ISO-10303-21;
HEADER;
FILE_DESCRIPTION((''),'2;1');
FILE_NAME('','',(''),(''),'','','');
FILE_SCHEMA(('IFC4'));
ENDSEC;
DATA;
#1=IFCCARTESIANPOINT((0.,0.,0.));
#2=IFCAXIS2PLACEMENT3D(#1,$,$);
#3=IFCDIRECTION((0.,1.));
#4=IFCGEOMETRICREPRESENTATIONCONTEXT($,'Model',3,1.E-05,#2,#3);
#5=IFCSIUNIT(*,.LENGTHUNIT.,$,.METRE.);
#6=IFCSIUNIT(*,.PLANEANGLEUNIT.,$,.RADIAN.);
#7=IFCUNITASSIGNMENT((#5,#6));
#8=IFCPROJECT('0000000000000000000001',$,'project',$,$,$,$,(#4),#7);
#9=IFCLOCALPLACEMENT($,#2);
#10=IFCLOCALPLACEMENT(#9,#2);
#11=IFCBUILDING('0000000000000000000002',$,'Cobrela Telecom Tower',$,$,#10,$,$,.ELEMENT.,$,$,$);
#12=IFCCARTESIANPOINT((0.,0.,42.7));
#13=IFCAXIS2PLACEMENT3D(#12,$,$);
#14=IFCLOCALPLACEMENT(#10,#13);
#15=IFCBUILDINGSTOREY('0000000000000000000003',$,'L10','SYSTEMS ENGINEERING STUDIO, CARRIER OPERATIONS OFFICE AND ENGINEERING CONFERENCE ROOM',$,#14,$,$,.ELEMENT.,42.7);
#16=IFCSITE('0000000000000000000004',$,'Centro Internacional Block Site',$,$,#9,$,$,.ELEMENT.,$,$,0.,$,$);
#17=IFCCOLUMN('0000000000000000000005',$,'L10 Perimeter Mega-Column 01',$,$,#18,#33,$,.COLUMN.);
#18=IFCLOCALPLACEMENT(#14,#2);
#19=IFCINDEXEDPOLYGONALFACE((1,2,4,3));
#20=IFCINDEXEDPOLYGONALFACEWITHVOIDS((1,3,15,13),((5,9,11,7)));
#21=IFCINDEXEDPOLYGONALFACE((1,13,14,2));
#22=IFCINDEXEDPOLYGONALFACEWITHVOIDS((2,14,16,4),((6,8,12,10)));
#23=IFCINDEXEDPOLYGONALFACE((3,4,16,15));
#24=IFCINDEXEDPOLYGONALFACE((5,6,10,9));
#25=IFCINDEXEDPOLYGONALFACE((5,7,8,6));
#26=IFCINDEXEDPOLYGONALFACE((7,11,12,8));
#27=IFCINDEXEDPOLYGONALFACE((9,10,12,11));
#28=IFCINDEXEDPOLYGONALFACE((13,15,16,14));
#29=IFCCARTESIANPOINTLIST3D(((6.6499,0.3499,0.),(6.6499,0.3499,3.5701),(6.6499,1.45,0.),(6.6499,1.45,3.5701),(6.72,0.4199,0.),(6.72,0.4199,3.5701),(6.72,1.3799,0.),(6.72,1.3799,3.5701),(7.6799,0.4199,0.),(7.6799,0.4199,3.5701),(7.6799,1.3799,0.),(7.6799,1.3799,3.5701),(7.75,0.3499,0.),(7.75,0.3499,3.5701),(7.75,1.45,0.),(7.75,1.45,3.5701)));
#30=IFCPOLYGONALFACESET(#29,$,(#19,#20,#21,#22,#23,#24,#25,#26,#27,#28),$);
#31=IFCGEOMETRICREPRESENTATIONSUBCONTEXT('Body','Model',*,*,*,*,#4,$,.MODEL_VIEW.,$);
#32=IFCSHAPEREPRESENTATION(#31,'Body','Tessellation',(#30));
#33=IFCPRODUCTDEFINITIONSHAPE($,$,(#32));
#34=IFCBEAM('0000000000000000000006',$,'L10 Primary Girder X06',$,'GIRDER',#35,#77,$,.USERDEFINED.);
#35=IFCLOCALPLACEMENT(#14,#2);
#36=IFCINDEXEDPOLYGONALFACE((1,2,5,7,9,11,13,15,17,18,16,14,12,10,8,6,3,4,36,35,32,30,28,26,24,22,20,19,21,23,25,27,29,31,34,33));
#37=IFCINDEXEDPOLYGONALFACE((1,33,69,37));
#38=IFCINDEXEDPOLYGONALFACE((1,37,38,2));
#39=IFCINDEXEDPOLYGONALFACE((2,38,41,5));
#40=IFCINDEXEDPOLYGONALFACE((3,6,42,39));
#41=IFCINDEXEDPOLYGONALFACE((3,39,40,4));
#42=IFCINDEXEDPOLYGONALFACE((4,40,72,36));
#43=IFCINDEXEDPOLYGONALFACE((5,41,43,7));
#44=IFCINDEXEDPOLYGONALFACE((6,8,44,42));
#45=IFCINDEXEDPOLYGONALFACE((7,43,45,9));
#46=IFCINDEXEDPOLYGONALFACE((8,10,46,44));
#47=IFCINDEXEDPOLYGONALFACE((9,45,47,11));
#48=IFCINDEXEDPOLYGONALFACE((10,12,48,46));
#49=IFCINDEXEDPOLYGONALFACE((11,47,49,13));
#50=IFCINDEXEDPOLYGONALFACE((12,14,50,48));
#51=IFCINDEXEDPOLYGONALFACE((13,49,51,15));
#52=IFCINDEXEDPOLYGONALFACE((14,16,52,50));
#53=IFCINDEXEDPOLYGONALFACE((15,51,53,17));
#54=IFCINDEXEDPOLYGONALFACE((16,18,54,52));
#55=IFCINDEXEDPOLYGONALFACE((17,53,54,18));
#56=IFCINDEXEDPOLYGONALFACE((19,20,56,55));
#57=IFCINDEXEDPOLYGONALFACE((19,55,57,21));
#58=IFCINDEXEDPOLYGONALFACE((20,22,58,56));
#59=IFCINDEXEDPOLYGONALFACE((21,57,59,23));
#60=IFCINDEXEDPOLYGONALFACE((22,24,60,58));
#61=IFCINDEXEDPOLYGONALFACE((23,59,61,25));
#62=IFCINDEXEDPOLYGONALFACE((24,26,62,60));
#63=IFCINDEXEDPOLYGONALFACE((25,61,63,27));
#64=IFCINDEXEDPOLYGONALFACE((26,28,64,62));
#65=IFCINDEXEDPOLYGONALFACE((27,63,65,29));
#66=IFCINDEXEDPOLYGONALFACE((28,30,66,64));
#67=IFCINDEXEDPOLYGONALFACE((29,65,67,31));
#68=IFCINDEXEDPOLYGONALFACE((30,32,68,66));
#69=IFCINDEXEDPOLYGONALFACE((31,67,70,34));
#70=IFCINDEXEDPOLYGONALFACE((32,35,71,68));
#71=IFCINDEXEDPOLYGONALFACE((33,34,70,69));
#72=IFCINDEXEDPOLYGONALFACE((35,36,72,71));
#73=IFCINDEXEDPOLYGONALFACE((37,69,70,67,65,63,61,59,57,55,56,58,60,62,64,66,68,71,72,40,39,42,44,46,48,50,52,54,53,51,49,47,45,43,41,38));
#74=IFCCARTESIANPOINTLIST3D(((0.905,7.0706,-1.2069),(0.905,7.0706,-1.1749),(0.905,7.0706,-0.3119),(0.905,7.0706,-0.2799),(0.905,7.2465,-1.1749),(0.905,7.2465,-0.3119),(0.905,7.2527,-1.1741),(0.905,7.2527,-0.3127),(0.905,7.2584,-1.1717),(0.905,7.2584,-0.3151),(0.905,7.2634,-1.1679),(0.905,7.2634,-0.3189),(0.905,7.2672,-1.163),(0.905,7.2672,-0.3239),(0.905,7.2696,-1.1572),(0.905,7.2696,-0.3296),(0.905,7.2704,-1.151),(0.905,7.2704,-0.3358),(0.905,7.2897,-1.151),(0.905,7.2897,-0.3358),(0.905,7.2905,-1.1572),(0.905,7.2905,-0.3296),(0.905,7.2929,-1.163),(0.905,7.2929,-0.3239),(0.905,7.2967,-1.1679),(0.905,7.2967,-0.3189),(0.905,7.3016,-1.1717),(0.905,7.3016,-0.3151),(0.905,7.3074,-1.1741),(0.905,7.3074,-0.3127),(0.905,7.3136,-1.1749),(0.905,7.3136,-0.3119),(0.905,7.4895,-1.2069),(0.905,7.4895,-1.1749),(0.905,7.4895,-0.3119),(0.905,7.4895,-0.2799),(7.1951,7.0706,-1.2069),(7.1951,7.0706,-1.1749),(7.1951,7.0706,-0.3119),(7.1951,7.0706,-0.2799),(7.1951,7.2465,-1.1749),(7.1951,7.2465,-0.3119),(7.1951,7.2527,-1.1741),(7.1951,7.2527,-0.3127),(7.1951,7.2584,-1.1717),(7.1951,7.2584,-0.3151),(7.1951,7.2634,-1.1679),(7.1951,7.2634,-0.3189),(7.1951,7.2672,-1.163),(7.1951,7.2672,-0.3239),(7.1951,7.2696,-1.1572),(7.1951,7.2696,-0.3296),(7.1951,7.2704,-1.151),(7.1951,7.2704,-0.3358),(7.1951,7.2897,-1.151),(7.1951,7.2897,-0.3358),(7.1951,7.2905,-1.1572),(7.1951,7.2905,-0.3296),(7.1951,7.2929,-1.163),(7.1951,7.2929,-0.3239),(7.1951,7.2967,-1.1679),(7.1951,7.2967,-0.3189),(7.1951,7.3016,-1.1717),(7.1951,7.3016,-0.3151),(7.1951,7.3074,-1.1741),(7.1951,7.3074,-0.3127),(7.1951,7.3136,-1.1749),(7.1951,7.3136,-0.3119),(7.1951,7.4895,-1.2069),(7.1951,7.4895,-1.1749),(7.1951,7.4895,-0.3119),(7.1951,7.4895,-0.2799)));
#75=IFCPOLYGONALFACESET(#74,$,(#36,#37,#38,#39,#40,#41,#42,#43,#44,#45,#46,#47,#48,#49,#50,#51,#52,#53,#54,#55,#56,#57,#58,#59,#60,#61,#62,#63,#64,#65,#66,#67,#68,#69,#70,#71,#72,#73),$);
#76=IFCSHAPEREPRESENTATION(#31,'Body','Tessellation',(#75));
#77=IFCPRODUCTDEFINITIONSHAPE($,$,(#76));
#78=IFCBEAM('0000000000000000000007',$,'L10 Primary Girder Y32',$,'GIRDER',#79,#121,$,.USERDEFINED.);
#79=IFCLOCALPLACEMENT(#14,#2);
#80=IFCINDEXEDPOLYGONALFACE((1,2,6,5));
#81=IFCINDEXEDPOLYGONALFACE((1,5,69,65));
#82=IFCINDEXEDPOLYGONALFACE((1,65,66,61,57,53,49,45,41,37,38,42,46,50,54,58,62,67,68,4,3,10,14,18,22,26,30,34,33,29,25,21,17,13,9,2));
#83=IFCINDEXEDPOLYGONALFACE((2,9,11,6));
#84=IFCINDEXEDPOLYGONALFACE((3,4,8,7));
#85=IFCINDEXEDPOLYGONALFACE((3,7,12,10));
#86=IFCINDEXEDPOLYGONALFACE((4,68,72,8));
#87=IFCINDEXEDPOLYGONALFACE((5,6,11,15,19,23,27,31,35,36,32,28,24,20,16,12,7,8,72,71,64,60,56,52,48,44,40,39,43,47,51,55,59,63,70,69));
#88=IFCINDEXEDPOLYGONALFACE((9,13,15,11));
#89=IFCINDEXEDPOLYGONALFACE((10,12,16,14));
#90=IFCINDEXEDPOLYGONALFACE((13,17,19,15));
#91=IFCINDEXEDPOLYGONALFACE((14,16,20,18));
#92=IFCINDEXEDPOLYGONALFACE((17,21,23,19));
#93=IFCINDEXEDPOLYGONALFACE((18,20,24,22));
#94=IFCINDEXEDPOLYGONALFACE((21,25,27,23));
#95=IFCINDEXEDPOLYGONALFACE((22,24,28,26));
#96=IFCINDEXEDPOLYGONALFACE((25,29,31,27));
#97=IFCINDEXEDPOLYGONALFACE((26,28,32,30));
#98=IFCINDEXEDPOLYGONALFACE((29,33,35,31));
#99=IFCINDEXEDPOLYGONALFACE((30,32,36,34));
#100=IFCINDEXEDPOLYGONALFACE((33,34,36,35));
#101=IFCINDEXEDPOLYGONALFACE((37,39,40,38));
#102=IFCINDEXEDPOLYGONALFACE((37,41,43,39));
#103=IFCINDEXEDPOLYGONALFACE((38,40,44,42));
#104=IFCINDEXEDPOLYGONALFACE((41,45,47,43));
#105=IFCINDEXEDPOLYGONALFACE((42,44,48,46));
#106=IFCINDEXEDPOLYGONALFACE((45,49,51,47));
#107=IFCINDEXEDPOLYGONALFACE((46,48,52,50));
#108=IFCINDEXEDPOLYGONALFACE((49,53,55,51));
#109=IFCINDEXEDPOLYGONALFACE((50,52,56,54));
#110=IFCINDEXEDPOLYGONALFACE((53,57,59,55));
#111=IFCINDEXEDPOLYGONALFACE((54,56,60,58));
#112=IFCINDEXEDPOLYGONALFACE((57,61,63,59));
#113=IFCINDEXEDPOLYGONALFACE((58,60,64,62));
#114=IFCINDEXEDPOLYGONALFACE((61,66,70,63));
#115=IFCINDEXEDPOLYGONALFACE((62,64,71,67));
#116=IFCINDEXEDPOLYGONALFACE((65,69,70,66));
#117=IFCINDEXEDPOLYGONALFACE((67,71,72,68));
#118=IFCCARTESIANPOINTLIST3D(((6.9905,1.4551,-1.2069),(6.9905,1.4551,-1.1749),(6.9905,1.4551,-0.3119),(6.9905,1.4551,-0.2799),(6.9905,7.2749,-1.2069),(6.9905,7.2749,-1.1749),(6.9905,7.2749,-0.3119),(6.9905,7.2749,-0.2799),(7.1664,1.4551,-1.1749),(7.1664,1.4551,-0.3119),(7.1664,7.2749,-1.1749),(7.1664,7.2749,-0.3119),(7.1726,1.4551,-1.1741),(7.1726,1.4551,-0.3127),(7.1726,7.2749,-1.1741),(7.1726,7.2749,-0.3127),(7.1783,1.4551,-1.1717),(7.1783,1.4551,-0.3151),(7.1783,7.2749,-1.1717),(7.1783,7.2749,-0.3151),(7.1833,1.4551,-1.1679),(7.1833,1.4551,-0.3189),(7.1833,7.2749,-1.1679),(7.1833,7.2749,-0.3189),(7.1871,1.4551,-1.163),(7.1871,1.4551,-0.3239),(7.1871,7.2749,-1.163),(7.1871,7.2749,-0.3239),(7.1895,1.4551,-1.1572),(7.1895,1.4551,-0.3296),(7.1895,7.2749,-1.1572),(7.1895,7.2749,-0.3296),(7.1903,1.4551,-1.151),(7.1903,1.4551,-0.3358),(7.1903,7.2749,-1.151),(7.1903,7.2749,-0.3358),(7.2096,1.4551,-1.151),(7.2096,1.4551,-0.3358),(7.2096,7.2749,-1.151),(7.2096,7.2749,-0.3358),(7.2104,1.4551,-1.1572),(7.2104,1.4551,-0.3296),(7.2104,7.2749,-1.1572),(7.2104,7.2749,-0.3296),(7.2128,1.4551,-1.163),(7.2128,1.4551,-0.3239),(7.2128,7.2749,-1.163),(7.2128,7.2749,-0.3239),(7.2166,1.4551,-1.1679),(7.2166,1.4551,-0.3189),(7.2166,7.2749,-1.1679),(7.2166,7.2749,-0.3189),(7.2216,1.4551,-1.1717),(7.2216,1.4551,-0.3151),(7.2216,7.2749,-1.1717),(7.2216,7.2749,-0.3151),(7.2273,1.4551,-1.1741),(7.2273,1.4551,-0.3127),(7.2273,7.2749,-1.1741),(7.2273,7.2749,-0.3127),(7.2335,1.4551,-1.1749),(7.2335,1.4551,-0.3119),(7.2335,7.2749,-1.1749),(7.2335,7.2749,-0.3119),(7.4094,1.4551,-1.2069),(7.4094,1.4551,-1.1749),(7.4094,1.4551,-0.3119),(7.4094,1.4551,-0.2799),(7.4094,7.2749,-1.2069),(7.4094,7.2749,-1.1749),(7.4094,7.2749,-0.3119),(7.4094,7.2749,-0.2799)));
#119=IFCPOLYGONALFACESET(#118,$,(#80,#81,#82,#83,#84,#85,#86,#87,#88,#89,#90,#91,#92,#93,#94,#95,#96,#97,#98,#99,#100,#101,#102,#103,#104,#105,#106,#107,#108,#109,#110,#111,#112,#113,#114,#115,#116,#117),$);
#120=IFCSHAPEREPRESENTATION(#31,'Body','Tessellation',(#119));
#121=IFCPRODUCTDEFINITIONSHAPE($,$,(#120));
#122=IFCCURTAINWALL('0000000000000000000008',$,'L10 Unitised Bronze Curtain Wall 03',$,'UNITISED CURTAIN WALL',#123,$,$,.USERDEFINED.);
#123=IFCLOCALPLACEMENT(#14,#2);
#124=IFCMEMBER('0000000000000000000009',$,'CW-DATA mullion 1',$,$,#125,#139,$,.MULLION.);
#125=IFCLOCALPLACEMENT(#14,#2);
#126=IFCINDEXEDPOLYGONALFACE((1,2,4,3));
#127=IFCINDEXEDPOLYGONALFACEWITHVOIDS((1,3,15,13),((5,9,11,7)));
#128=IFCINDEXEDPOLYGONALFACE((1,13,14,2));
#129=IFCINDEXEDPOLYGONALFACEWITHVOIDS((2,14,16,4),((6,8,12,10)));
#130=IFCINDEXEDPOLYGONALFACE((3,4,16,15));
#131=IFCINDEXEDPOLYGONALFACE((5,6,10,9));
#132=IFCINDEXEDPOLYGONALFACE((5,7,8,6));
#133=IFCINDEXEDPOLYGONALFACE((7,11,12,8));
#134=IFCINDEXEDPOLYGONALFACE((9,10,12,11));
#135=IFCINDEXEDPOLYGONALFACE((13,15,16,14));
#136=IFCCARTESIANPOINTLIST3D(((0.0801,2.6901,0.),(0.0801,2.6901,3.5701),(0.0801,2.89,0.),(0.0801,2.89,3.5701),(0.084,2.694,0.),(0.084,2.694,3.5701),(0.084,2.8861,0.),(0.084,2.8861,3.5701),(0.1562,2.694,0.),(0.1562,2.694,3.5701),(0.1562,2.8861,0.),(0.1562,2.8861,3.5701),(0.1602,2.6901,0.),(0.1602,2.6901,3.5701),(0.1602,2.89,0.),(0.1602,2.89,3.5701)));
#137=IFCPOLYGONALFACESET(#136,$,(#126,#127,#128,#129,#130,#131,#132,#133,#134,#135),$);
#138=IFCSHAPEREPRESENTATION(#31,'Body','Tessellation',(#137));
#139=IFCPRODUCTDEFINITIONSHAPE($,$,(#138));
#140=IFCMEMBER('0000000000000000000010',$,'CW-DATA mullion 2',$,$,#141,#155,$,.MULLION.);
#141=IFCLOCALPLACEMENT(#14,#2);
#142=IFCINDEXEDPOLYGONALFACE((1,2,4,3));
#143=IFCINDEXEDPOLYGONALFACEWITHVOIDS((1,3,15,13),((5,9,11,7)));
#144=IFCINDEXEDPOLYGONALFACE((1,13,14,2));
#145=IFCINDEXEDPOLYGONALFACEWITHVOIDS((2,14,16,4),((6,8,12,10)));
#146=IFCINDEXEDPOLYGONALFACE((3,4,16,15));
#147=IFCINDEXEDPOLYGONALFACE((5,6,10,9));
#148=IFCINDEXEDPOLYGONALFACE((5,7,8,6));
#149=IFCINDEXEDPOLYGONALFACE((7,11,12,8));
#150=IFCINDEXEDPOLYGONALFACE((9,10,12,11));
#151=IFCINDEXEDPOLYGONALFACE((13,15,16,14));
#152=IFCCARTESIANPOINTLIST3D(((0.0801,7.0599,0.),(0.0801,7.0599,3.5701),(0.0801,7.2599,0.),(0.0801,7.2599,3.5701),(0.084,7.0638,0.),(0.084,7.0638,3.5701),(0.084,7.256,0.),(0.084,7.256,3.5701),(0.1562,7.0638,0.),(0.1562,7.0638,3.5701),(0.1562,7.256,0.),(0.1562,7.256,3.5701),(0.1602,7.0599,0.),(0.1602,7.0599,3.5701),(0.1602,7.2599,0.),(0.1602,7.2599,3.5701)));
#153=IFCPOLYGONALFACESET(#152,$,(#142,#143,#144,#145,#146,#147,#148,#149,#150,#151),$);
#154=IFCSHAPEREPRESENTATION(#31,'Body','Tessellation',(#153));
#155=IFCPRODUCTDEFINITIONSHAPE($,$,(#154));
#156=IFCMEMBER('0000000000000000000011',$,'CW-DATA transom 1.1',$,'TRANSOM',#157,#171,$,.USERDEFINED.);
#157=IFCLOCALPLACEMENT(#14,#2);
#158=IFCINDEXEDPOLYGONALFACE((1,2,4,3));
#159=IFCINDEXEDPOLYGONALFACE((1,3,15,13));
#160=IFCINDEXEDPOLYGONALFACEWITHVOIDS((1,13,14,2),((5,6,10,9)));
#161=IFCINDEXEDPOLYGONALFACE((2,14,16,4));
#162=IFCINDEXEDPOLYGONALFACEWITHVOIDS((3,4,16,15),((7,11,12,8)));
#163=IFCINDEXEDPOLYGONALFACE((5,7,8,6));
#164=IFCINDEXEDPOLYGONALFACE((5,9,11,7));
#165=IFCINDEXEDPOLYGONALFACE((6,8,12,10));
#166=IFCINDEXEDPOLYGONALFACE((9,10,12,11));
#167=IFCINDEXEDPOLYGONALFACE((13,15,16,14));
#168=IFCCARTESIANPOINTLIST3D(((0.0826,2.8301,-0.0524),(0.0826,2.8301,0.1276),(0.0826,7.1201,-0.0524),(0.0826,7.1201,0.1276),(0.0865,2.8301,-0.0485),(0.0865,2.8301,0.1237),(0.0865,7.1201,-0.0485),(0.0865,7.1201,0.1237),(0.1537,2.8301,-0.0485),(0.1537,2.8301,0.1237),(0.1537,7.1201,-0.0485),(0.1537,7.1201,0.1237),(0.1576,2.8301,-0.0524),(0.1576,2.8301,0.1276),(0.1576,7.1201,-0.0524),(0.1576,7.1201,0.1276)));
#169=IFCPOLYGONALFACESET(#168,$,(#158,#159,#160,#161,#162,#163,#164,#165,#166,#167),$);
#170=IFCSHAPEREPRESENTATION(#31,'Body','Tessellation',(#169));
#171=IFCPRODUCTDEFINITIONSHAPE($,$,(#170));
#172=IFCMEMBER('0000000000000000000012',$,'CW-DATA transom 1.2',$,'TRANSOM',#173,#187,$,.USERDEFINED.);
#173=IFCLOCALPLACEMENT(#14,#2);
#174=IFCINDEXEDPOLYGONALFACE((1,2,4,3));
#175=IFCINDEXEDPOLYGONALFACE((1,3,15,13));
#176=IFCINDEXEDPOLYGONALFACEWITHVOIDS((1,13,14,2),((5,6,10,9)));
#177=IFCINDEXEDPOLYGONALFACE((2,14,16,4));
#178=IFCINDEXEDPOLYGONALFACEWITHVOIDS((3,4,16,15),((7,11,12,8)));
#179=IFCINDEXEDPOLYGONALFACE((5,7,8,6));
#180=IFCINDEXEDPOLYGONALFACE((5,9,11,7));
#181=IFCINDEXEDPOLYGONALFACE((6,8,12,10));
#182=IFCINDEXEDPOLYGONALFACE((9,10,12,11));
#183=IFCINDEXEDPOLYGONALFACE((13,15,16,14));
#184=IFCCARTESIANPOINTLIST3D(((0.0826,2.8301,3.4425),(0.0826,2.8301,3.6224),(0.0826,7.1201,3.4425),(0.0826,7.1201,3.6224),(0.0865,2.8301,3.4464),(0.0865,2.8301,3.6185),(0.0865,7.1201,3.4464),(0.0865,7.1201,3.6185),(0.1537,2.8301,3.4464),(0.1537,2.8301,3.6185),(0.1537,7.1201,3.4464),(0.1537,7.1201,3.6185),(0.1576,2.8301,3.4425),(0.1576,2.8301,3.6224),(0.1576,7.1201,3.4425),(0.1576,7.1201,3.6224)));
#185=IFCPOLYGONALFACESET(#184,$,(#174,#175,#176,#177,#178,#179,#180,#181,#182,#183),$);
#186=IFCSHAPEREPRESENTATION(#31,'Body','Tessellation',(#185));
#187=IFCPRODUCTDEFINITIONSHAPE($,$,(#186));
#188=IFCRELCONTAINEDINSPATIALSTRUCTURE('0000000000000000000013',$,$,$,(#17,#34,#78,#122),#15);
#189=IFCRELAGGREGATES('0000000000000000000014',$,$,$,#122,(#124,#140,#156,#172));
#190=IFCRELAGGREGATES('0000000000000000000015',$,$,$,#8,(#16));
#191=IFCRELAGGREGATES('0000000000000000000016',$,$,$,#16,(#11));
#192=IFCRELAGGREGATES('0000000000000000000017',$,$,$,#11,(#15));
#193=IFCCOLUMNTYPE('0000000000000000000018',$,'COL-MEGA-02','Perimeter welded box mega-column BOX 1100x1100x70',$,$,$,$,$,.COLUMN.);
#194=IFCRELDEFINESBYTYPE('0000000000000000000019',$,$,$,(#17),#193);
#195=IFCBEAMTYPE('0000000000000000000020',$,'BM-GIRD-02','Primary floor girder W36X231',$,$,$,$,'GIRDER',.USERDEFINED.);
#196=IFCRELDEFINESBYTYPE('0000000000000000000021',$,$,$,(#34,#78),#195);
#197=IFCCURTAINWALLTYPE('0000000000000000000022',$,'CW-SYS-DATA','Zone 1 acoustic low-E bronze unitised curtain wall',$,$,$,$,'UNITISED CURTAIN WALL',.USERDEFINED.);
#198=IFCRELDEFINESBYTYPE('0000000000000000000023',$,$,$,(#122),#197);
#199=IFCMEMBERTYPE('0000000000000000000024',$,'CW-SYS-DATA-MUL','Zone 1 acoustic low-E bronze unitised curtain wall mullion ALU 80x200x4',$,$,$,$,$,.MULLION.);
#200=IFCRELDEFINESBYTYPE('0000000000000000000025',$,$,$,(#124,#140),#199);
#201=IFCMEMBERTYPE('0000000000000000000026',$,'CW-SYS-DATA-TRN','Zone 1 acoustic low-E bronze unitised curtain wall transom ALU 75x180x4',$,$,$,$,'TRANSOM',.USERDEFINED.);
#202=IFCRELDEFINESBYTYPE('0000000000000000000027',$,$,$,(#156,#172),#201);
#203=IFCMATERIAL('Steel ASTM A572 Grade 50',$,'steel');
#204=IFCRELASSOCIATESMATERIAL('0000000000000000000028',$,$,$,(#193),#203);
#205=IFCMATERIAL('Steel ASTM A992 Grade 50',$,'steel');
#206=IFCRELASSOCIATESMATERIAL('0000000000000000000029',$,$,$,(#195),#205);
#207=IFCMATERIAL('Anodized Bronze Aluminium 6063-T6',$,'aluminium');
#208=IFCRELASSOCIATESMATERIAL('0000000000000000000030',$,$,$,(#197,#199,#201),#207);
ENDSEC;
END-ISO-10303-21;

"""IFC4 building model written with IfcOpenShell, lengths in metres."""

from ifc_helpers import new_model, si_unit, direction, frame, origin, origin_2d, place, context, subcontext, project, spatial, hollow_rectangle, i_section, extrude, material, material_profile, profile_set, type_object, element, aggregate, save


model = new_model("IFC4")

# Units and contexts
model_context = context("Model", 3, precision=1e-05, world=origin(), true_north=direction((0.0, 1.0)))
body_context = subcontext(model_context, "Body", "Model", "MODEL_VIEW")
ifc_project = project(units=[si_unit("LENGTHUNIT", "METRE"), si_unit("PLANEANGLEUNIT", "RADIAN")], contexts=[model_context])

# Site, building, storey
site_placement = place(None, origin())
site = spatial("IfcSite", under=ifc_project, at=site_placement, Name="Centro Internacional Block Site", CompositionType="ELEMENT", RefElevation=0.0)
building_placement = place(site_placement, origin())
building = spatial("IfcBuilding", under=site, at=building_placement, Name="Cobrela Telecom Tower", CompositionType="ELEMENT")
storey_placement = place(building_placement, frame((0.0, 0.0, 42.7)))
storey = spatial("IfcBuildingStorey", under=building, at=storey_placement, Name="L10", Description="SYSTEMS ENGINEERING STUDIO, CARRIER OPERATIONS OFFICE AND ENGINEERING CONFERENCE ROOM", CompositionType="ELEMENT", Elevation=42.7)

# Column
ifc_material_1 = material(Name="Steel ASTM A572 Grade 50", Category="steel")
ifc_material_profile_1 = material_profile(ifc_material_1, hollow_rectangle(XDim=1.1001, YDim=1.1001, WallThickness=0.0701, at=origin_2d()), Name="BOX 1100x1100x70")
ifc_profile_set_1 = profile_set([ifc_material_profile_1], Name="Steel ASTM A572 Grade 50")
column_type = type_object("IfcColumnType", Name="COL-MEGA-02", Description="Perimeter welded box mega-column BOX 1100x1100x70", PredefinedType="COLUMN", material=ifc_profile_set_1)
column_placement = place(storey_placement, frame((7.2, 0.8999, 0.0), z_axis=(0.0, 0.0, 1.0), x_axis=(1.0, 0.0, 0.0)))
element("IfcColumn", 1, at=column_placement, inside=storey, type_object=column_type, Name="L10 Perimeter Mega-Column 01", PredefinedType="COLUMN", context=body_context, shape_type="SweptSolid", body=[
    extrude(hollow_rectangle(XDim=1.1001, YDim=1.1001, WallThickness=0.0701, at=origin_2d()), origin(), (0.0, 0.0, 1.0), 3.5701),
])

# Beams
ifc_material_2 = material(Name="Steel ASTM A992 Grade 50", Category="steel")
ifc_material_profile_2 = material_profile(ifc_material_2, i_section(OverallWidth=0.4189, OverallDepth=0.927, WebThickness=0.0193, FlangeThickness=0.032, FilletRadius=0.0239, at=origin_2d()), Name="W36X231")
ifc_profile_set_2 = profile_set([ifc_material_profile_2], Name="Steel ASTM A992 Grade 50")
beam_type = type_object("IfcBeamType", Name="BM-GIRD-02", Description="Primary floor girder W36X231", ElementType="GIRDER", PredefinedType="USERDEFINED", material=ifc_profile_set_2)
beam_1_placement = place(storey_placement, frame((0.905, 7.28, -0.7434), z_axis=(1.0, 0.0, 0.0), x_axis=(0.0, 1.0, 0.0)))
element("IfcBeam", 2, at=beam_1_placement, inside=storey, type_object=beam_type, Name="L10 Primary Girder X06", ObjectType="GIRDER", PredefinedType="USERDEFINED", context=body_context, shape_type="SweptSolid", body=[
    extrude(i_section(OverallWidth=0.4189, OverallDepth=0.927, WebThickness=0.0193, FlangeThickness=0.032, FilletRadius=0.0239, at=origin_2d()), origin(), (0.0, 0.0, 1.0), 6.29),
])
beam_2_placement = place(storey_placement, frame((7.2, 1.4551, -0.7434), z_axis=(0.0, 1.0, 0.0), x_axis=(-1.0, 0.0, 0.0)))
element("IfcBeam", 3, at=beam_2_placement, inside=storey, type_object=beam_type, Name="L10 Primary Girder Y32", ObjectType="GIRDER", PredefinedType="USERDEFINED", context=body_context, shape_type="SweptSolid", body=[
    extrude(i_section(OverallWidth=0.4189, OverallDepth=0.927, WebThickness=0.0193, FlangeThickness=0.032, FilletRadius=0.0239, at=origin_2d()), origin(), (0.0, 0.0, 1.0), 5.8198),
])

# Curtain wall, members
ifc_material_3 = material(Name="Anodized Bronze Aluminium 6063-T6", Category="aluminium")
curtain_wall_type = type_object("IfcCurtainWallType", Name="CW-SYS-DATA", Description="Zone 1 acoustic low-E bronze unitised curtain wall", ElementType="UNITISED CURTAIN WALL", PredefinedType="USERDEFINED", material=ifc_material_3)
curtain_wall_1_placement = place(storey_placement, origin())
curtain_wall_1 = element("IfcCurtainWall", 4, at=curtain_wall_1_placement, inside=storey, type_object=curtain_wall_type, Name="L10 Unitised Bronze Curtain Wall 03", ObjectType="UNITISED CURTAIN WALL", PredefinedType="USERDEFINED")
ifc_material_profile_3 = material_profile(ifc_material_3, hollow_rectangle(XDim=0.0801, YDim=0.2, WallThickness=0.0039, at=origin_2d()), Name="ALU 80x200x4")
ifc_profile_set_3 = profile_set([ifc_material_profile_3], Name="Anodized Bronze Aluminium 6063-T6")
member_type_1 = type_object("IfcMemberType", Name="CW-SYS-DATA-MUL", Description="Zone 1 acoustic low-E bronze unitised curtain wall mullion ALU 80x200x4", PredefinedType="MULLION", material=ifc_profile_set_3)
member_1_placement = place(storey_placement, frame((0.1201, 2.79, 0.0), z_axis=(0.0, 0.0, 1.0), x_axis=(-1.0, 0.0, 0.0)))
member_1 = element("IfcMember", 5, at=member_1_placement, type_object=member_type_1, Name="CW-DATA mullion 1", PredefinedType="MULLION", context=body_context, shape_type="SweptSolid", body=[
    extrude(hollow_rectangle(XDim=0.0801, YDim=0.2, WallThickness=0.0039, at=origin_2d()), origin(), (0.0, 0.0, 1.0), 3.5701),
])
member_2_placement = place(storey_placement, frame((0.1201, 7.1599, 0.0), z_axis=(0.0, 0.0, 1.0), x_axis=(-1.0, 0.0, 0.0)))
member_2 = element("IfcMember", 6, at=member_2_placement, type_object=member_type_1, Name="CW-DATA mullion 2", PredefinedType="MULLION", context=body_context, shape_type="SweptSolid", body=[
    extrude(hollow_rectangle(XDim=0.0801, YDim=0.2, WallThickness=0.0039, at=origin_2d()), origin(), (0.0, 0.0, 1.0), 3.5701),
])
ifc_material_profile_4 = material_profile(ifc_material_3, hollow_rectangle(XDim=0.075, YDim=0.1799, WallThickness=0.0039, at=origin_2d()), Name="ALU 75x180x4")
ifc_profile_set_4 = profile_set([ifc_material_profile_4], Name="Anodized Bronze Aluminium 6063-T6")
member_type_2 = type_object("IfcMemberType", Name="CW-SYS-DATA-TRN", Description="Zone 1 acoustic low-E bronze unitised curtain wall transom ALU 75x180x4", ElementType="TRANSOM", PredefinedType="USERDEFINED", material=ifc_profile_set_4)
member_3_placement = place(storey_placement, frame((0.1201, 2.8301, 0.0376), z_axis=(0.0, 1.0, 0.0), x_axis=(-1.0, 0.0, 0.0)))
member_3 = element("IfcMember", 7, at=member_3_placement, type_object=member_type_2, Name="CW-DATA transom 1.1", ObjectType="TRANSOM", PredefinedType="USERDEFINED", context=body_context, shape_type="SweptSolid", body=[
    extrude(hollow_rectangle(XDim=0.075, YDim=0.1799, WallThickness=0.0039, at=origin_2d()), origin(), (0.0, 0.0, 1.0), 4.29),
])
member_4_placement = place(storey_placement, frame((0.1201, 2.8301, 3.5325), z_axis=(0.0, 1.0, 0.0), x_axis=(-1.0, 0.0, 0.0)))
member_4 = element("IfcMember", 8, at=member_4_placement, type_object=member_type_2, Name="CW-DATA transom 1.2", ObjectType="TRANSOM", PredefinedType="USERDEFINED", context=body_context, shape_type="SweptSolid", body=[
    extrude(hollow_rectangle(XDim=0.075, YDim=0.1799, WallThickness=0.0039, at=origin_2d()), origin(), (0.0, 0.0, 1.0), 4.29),
])
aggregate(curtain_wall_1, [member_1, member_2, member_3, member_4])

save(model, "model.ifc")
